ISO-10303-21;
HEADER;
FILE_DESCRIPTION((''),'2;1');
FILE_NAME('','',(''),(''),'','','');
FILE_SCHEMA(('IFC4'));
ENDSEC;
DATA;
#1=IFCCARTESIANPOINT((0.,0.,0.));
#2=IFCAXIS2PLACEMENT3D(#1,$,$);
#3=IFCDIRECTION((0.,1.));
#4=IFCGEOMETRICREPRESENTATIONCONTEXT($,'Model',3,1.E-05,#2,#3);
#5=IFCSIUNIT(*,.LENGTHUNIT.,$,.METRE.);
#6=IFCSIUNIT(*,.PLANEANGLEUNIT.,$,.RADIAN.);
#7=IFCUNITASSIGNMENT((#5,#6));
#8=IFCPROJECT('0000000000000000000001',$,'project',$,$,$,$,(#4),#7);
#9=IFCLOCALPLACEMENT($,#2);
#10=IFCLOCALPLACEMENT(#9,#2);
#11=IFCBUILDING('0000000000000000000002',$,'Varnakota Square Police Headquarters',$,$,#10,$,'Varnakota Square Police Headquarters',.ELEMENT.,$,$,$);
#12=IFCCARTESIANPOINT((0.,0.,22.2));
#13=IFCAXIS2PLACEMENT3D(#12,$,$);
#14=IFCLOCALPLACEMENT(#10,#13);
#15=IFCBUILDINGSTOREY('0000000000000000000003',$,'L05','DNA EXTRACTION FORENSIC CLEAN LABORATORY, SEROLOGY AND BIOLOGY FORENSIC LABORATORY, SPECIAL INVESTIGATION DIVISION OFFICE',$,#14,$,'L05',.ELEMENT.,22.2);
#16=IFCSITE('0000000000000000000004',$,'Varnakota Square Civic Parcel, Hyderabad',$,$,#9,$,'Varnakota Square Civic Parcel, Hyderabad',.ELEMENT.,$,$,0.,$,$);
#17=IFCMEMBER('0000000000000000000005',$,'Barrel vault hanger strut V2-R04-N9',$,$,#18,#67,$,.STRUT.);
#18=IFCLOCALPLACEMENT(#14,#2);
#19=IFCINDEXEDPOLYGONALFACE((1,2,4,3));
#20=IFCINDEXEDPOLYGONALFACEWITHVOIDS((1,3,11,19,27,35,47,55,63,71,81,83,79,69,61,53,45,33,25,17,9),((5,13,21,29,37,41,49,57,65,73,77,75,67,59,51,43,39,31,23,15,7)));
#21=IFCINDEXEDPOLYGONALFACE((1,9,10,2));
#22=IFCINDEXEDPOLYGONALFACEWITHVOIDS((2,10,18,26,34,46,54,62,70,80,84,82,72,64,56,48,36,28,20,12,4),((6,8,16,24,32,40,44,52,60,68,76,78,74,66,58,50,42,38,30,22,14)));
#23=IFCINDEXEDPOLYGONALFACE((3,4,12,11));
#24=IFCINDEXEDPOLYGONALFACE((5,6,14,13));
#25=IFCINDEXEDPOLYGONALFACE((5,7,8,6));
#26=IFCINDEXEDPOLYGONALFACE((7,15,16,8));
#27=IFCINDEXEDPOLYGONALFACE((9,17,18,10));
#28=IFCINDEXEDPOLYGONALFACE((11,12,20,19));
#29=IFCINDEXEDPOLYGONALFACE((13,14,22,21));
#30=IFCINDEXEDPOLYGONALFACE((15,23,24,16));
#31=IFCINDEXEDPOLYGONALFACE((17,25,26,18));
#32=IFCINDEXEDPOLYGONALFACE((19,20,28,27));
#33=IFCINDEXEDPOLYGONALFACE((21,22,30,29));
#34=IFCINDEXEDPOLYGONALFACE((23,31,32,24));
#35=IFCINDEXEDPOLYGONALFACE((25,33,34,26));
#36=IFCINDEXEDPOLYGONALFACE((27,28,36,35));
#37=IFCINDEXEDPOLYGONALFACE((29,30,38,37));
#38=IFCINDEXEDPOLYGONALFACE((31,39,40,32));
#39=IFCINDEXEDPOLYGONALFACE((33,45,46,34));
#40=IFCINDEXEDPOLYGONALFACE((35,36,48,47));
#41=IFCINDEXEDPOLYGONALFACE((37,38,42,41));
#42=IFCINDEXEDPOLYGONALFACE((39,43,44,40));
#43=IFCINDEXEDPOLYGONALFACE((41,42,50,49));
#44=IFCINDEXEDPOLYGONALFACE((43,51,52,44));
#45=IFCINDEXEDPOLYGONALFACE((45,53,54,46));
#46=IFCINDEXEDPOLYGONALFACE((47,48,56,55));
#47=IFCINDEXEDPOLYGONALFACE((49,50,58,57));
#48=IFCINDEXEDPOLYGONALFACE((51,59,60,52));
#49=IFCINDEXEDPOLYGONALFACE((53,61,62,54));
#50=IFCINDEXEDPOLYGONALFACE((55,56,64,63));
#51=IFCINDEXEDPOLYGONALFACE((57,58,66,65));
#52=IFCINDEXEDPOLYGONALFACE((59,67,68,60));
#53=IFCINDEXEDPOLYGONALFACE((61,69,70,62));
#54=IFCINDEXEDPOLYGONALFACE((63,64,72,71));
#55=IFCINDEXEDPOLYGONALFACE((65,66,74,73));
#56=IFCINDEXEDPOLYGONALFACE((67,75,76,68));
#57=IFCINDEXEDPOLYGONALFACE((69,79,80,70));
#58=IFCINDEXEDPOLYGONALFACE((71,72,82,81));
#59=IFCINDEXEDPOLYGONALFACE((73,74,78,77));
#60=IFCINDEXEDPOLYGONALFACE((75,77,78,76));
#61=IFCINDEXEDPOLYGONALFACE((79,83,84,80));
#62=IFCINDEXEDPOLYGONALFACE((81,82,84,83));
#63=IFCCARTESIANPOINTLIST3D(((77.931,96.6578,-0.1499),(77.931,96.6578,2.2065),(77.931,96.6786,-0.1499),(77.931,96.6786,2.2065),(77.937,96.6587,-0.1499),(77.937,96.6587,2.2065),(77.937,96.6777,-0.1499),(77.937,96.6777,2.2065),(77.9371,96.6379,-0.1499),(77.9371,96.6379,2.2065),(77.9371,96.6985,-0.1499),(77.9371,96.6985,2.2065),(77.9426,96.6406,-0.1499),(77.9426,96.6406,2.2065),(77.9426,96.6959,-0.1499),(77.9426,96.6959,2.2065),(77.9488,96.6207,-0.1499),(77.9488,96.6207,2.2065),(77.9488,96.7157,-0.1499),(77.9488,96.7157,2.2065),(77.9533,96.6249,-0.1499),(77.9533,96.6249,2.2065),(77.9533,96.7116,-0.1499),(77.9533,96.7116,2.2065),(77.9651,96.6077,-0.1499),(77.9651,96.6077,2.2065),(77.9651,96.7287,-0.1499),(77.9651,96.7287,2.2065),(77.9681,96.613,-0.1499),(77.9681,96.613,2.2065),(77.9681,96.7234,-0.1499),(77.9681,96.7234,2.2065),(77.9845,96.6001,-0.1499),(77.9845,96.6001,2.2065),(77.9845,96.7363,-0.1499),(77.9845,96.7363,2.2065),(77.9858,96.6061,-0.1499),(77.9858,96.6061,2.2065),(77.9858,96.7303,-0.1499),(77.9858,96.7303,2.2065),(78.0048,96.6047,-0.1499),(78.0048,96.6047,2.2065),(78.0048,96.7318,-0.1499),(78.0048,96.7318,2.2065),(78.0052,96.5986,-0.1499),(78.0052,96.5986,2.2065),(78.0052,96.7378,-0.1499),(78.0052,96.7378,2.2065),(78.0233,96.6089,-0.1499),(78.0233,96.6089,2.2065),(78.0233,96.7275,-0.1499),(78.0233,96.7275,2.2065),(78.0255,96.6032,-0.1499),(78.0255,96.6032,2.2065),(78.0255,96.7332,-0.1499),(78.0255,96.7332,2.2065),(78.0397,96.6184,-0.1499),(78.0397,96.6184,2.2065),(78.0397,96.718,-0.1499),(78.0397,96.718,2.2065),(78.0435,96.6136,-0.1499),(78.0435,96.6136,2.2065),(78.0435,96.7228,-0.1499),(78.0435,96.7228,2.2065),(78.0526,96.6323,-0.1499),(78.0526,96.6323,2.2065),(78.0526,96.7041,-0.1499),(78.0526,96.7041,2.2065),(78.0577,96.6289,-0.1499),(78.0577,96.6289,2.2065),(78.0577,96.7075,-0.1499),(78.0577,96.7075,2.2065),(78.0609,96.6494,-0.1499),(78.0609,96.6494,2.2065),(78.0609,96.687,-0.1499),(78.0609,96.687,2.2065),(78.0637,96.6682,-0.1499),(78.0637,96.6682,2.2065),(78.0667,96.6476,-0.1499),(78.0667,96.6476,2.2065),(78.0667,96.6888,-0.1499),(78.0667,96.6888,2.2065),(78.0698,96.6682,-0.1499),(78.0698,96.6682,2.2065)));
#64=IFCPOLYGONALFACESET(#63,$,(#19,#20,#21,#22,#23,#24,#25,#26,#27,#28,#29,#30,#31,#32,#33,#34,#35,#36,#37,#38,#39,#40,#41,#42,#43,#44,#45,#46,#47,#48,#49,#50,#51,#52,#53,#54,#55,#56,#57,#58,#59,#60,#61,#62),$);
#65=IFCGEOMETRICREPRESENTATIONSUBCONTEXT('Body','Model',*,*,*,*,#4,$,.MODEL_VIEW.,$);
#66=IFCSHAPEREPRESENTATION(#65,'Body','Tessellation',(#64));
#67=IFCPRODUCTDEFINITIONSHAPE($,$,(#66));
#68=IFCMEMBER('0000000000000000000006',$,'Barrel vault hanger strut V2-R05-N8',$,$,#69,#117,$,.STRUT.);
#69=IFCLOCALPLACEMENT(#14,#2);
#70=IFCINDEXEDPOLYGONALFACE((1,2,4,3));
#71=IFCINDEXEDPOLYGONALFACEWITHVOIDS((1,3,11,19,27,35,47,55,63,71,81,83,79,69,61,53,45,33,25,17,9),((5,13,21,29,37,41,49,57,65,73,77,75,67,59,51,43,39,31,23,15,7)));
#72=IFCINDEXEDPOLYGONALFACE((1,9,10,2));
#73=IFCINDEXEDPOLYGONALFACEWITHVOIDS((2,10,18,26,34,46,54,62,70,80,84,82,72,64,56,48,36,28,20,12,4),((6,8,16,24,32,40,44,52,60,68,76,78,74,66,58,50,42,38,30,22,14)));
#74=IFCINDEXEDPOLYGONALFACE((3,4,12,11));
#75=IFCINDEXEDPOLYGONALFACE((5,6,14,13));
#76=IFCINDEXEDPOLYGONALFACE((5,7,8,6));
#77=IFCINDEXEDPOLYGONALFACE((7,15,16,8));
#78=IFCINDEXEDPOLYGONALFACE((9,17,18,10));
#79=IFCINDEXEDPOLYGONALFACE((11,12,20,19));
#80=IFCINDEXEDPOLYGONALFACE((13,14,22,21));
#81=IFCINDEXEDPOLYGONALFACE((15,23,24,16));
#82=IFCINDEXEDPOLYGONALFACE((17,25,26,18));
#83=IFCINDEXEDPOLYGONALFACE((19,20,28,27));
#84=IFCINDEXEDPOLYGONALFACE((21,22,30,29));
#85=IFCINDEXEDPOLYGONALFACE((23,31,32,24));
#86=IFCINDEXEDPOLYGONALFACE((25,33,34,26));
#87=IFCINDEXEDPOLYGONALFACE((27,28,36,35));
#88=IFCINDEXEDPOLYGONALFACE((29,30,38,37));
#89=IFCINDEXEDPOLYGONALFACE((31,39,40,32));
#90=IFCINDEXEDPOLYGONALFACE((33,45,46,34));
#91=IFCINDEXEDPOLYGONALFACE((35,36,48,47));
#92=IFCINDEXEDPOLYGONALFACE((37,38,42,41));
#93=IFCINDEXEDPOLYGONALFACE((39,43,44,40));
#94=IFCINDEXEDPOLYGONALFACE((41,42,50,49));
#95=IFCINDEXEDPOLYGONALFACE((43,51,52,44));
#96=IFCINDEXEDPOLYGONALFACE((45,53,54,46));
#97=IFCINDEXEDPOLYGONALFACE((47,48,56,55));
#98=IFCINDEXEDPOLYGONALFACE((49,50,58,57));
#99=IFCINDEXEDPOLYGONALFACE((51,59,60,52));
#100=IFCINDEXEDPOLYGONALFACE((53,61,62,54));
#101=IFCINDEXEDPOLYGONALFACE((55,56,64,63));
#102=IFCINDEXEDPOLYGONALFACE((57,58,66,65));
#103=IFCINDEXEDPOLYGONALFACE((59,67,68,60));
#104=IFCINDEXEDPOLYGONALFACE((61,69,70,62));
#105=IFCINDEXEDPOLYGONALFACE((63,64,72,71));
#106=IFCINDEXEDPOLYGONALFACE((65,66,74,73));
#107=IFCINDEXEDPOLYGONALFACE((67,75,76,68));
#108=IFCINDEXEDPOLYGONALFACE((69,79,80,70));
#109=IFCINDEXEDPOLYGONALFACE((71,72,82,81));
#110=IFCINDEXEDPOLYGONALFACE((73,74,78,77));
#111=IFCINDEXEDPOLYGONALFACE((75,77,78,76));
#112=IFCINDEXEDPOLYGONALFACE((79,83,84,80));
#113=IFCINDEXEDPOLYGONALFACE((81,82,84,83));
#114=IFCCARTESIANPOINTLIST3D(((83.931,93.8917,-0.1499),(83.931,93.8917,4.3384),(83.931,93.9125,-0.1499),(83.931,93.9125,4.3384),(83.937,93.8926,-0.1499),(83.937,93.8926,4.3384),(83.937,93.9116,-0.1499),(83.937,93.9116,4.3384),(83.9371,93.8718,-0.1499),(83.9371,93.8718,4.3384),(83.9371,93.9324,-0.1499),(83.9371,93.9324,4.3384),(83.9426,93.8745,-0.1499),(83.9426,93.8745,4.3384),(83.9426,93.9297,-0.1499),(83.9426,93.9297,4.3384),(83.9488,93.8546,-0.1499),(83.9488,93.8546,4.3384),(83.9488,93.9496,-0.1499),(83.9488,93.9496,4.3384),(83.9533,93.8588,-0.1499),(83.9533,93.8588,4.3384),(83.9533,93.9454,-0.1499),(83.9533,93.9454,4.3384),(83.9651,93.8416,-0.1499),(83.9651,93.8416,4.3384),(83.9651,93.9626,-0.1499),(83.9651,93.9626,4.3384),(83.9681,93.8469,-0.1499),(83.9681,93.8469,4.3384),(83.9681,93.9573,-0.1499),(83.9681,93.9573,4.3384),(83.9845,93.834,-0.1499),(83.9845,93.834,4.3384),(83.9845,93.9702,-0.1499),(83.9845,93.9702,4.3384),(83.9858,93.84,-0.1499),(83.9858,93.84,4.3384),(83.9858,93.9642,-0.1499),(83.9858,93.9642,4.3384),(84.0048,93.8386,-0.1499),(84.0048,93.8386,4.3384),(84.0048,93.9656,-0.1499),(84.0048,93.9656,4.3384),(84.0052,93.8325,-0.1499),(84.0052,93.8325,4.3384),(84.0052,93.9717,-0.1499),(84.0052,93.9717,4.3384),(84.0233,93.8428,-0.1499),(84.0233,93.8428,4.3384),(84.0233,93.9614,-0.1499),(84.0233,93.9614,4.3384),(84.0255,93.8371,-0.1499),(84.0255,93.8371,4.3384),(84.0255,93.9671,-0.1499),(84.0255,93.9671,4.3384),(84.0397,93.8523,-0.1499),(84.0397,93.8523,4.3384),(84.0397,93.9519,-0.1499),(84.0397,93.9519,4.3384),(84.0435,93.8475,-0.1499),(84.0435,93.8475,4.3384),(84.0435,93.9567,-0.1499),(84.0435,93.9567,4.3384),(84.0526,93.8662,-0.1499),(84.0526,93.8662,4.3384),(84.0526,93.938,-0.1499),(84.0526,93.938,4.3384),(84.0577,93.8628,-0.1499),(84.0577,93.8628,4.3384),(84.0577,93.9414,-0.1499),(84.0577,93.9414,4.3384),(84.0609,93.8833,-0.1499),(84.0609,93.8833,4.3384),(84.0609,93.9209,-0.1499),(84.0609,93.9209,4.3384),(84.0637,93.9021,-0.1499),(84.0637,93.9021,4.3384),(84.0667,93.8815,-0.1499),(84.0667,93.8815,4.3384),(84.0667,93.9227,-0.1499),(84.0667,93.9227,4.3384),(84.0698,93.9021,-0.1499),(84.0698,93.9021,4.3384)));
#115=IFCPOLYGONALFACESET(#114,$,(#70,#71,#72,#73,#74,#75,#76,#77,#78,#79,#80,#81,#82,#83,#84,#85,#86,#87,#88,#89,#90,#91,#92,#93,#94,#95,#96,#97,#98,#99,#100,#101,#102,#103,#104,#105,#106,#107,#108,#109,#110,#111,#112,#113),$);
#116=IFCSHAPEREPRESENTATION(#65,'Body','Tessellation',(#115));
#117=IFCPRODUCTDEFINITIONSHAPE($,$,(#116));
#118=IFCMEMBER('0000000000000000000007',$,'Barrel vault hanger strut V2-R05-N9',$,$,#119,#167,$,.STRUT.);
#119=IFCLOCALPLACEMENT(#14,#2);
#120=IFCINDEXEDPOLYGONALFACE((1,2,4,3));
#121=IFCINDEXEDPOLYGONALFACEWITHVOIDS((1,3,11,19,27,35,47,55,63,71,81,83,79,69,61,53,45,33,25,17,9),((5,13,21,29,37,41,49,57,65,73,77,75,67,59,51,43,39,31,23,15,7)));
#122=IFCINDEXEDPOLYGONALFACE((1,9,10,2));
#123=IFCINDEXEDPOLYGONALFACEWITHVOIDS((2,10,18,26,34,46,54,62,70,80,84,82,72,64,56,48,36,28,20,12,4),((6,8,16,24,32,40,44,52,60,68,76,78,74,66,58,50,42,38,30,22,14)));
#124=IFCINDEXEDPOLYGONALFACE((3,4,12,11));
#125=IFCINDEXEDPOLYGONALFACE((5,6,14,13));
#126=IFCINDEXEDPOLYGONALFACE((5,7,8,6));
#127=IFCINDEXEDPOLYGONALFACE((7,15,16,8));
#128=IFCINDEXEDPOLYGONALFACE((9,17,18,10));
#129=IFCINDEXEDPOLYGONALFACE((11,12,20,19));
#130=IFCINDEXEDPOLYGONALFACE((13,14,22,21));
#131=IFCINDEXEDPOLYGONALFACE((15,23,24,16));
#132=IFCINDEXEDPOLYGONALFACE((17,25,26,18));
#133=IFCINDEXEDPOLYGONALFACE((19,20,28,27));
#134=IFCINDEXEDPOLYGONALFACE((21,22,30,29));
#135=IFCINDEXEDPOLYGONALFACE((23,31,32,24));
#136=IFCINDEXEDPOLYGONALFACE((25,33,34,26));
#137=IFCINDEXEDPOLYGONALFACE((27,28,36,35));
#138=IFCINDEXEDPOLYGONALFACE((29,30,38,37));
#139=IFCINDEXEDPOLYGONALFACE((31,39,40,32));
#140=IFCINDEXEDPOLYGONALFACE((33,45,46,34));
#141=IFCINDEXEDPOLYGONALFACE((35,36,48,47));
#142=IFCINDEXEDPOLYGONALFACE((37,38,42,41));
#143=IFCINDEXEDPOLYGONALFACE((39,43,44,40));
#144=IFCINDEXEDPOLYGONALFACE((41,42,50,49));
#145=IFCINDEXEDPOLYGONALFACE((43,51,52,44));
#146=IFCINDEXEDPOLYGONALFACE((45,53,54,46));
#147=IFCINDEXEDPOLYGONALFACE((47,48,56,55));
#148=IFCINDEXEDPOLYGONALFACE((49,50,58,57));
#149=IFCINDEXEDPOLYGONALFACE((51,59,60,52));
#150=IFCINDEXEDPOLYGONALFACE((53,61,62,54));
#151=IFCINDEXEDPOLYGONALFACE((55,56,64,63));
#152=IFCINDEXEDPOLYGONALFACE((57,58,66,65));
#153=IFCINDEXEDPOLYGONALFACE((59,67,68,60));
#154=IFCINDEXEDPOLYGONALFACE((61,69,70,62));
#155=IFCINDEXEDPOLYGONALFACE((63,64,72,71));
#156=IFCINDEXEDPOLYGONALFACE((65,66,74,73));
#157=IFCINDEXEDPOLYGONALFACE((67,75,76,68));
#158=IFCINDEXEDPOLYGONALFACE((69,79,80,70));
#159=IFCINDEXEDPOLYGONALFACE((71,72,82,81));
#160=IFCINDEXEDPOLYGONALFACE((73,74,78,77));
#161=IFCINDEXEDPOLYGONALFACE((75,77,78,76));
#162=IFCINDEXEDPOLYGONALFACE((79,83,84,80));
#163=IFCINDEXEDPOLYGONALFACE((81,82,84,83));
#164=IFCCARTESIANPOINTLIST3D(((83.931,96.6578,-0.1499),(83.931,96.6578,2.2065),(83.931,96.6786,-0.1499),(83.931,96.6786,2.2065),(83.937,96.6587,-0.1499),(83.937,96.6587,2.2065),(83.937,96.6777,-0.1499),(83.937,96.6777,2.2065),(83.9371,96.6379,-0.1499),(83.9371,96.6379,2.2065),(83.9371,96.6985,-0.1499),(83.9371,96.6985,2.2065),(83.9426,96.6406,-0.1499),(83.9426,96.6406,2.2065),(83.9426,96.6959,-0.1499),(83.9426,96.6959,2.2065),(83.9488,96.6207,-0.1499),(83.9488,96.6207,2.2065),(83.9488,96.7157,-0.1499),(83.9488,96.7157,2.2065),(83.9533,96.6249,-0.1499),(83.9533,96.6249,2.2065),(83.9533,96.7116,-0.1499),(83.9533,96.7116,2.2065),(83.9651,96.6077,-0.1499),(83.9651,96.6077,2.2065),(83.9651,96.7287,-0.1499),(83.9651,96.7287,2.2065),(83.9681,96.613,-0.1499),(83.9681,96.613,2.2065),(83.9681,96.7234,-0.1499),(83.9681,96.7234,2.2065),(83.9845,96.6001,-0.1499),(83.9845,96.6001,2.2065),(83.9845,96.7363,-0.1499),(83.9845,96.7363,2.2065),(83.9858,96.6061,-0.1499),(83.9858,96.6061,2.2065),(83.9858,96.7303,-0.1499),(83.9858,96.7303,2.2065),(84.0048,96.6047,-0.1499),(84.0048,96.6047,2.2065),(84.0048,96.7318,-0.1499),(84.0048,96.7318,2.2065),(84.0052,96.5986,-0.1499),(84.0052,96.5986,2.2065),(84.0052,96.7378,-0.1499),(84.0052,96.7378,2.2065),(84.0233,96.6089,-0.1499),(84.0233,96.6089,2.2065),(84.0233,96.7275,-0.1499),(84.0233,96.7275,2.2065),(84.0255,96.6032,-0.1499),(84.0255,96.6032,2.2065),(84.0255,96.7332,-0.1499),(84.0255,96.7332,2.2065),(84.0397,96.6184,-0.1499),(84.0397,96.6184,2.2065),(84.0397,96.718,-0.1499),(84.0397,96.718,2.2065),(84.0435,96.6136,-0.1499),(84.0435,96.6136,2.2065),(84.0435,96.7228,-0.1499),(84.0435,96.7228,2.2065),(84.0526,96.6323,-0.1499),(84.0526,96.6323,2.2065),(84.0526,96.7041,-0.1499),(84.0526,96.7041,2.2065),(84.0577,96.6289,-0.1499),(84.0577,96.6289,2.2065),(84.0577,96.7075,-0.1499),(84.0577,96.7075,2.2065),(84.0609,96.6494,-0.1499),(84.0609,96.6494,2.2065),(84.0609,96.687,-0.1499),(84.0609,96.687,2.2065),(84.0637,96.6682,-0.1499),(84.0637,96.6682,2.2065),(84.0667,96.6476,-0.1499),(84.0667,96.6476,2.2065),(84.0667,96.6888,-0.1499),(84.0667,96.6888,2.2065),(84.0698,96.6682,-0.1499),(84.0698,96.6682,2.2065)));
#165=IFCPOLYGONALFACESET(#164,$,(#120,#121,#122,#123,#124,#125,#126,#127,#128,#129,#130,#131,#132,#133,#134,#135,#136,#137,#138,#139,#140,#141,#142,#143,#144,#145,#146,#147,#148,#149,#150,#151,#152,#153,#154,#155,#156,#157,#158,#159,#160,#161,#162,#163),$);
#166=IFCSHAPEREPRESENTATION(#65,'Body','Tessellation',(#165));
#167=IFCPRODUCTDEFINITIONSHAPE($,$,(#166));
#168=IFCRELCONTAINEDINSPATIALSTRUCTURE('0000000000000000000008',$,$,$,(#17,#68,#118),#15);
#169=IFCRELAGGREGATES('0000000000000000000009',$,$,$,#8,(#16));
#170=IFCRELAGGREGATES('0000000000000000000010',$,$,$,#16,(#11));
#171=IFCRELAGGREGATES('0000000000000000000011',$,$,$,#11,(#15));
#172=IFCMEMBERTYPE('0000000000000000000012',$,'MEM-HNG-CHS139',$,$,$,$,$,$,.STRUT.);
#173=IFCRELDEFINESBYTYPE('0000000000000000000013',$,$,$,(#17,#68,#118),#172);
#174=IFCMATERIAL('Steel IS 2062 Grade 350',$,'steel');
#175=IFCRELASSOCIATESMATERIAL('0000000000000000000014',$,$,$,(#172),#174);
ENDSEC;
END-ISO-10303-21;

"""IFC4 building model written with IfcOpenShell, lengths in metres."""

from ifc_helpers import new_model, si_unit, direction, frame, origin, origin_2d, place, context, subcontext, project, spatial, hollow_circle, extrude, material, material_profile, profile_set, type_object, element, save


model = new_model("IFC4")

# Units and contexts
model_context = context("Model", 3, precision=1e-05, world=origin(), true_north=direction((0.0, 1.0)))
body_context = subcontext(model_context, "Body", "Model", "MODEL_VIEW")
ifc_project = project(units=[si_unit("LENGTHUNIT", "METRE"), si_unit("PLANEANGLEUNIT", "RADIAN")], contexts=[model_context])

# Site, building, storey
site_placement = place(None, origin())
site = spatial("IfcSite", under=ifc_project, at=site_placement, Name="Varnakota Square Civic Parcel, Hyderabad", LongName="Varnakota Square Civic Parcel, Hyderabad", CompositionType="ELEMENT", RefElevation=0.0)
building_placement = place(site_placement, origin())
building = spatial("IfcBuilding", under=site, at=building_placement, Name="Varnakota Square Police Headquarters", LongName="Varnakota Square Police Headquarters", CompositionType="ELEMENT")
storey_placement = place(building_placement, frame((0.0, 0.0, 22.2)))
storey = spatial("IfcBuildingStorey", under=building, at=storey_placement, Name="L05", Description="DNA EXTRACTION FORENSIC CLEAN LABORATORY, SEROLOGY AND BIOLOGY FORENSIC LABORATORY, SPECIAL INVESTIGATION DIVISION OFFICE", LongName="L05", CompositionType="ELEMENT", Elevation=22.2)

# Shared definitions
ifc_material_1 = material(Name="Steel IS 2062 Grade 350", Category="steel")

# Members
ifc_material_profile_1 = material_profile(ifc_material_1, hollow_circle(Radius=0.0698, WallThickness=0.0061, at=origin_2d()), Name="CHS 139.7x6.0")
ifc_profile_set_1 = profile_set([ifc_material_profile_1], Name="Steel IS 2062 Grade 350")
member_type_1 = type_object("IfcMemberType", Name="MEM-HNG-CHS139", PredefinedType="STRUT", material=ifc_profile_set_1)
member_1_placement = place(storey_placement, frame((78.0, 96.6682, -0.1499), z_axis=(0.0, 0.0, 1.0), x_axis=(1.0, 0.0, 0.0)))
element("IfcMember", 1, at=member_1_placement, inside=storey, type_object=member_type_1, Name="Barrel vault hanger strut V2-R04-N9", PredefinedType="STRUT", context=body_context, shape_type="SweptSolid", body=[
    extrude(hollow_circle(Radius=0.0698, WallThickness=0.0061, at=origin_2d()), origin(), (0.0, 0.0, 1.0), 2.3564),
])
member_2_placement = place(storey_placement, frame((84.0, 93.9021, -0.1499), z_axis=(0.0, 0.0, 1.0), x_axis=(1.0, 0.0, 0.0)))
element("IfcMember", 2, at=member_2_placement, inside=storey, type_object=member_type_1, Name="Barrel vault hanger strut V2-R05-N8", PredefinedType="STRUT", context=body_context, shape_type="SweptSolid", body=[
    extrude(hollow_circle(Radius=0.0698, WallThickness=0.0061, at=origin_2d()), origin(), (0.0, 0.0, 1.0), 4.4883),
])
member_3_placement = place(storey_placement, frame((84.0, 96.6682, -0.1499), z_axis=(0.0, 0.0, 1.0), x_axis=(1.0, 0.0, 0.0)))
element("IfcMember", 3, at=member_3_placement, inside=storey, type_object=member_type_1, Name="Barrel vault hanger strut V2-R05-N9", PredefinedType="STRUT", context=body_context, shape_type="SweptSolid", body=[
    extrude(hollow_circle(Radius=0.0698, WallThickness=0.0061, at=origin_2d()), origin(), (0.0, 0.0, 1.0), 2.3564),
])

save(model, "model.ifc")
